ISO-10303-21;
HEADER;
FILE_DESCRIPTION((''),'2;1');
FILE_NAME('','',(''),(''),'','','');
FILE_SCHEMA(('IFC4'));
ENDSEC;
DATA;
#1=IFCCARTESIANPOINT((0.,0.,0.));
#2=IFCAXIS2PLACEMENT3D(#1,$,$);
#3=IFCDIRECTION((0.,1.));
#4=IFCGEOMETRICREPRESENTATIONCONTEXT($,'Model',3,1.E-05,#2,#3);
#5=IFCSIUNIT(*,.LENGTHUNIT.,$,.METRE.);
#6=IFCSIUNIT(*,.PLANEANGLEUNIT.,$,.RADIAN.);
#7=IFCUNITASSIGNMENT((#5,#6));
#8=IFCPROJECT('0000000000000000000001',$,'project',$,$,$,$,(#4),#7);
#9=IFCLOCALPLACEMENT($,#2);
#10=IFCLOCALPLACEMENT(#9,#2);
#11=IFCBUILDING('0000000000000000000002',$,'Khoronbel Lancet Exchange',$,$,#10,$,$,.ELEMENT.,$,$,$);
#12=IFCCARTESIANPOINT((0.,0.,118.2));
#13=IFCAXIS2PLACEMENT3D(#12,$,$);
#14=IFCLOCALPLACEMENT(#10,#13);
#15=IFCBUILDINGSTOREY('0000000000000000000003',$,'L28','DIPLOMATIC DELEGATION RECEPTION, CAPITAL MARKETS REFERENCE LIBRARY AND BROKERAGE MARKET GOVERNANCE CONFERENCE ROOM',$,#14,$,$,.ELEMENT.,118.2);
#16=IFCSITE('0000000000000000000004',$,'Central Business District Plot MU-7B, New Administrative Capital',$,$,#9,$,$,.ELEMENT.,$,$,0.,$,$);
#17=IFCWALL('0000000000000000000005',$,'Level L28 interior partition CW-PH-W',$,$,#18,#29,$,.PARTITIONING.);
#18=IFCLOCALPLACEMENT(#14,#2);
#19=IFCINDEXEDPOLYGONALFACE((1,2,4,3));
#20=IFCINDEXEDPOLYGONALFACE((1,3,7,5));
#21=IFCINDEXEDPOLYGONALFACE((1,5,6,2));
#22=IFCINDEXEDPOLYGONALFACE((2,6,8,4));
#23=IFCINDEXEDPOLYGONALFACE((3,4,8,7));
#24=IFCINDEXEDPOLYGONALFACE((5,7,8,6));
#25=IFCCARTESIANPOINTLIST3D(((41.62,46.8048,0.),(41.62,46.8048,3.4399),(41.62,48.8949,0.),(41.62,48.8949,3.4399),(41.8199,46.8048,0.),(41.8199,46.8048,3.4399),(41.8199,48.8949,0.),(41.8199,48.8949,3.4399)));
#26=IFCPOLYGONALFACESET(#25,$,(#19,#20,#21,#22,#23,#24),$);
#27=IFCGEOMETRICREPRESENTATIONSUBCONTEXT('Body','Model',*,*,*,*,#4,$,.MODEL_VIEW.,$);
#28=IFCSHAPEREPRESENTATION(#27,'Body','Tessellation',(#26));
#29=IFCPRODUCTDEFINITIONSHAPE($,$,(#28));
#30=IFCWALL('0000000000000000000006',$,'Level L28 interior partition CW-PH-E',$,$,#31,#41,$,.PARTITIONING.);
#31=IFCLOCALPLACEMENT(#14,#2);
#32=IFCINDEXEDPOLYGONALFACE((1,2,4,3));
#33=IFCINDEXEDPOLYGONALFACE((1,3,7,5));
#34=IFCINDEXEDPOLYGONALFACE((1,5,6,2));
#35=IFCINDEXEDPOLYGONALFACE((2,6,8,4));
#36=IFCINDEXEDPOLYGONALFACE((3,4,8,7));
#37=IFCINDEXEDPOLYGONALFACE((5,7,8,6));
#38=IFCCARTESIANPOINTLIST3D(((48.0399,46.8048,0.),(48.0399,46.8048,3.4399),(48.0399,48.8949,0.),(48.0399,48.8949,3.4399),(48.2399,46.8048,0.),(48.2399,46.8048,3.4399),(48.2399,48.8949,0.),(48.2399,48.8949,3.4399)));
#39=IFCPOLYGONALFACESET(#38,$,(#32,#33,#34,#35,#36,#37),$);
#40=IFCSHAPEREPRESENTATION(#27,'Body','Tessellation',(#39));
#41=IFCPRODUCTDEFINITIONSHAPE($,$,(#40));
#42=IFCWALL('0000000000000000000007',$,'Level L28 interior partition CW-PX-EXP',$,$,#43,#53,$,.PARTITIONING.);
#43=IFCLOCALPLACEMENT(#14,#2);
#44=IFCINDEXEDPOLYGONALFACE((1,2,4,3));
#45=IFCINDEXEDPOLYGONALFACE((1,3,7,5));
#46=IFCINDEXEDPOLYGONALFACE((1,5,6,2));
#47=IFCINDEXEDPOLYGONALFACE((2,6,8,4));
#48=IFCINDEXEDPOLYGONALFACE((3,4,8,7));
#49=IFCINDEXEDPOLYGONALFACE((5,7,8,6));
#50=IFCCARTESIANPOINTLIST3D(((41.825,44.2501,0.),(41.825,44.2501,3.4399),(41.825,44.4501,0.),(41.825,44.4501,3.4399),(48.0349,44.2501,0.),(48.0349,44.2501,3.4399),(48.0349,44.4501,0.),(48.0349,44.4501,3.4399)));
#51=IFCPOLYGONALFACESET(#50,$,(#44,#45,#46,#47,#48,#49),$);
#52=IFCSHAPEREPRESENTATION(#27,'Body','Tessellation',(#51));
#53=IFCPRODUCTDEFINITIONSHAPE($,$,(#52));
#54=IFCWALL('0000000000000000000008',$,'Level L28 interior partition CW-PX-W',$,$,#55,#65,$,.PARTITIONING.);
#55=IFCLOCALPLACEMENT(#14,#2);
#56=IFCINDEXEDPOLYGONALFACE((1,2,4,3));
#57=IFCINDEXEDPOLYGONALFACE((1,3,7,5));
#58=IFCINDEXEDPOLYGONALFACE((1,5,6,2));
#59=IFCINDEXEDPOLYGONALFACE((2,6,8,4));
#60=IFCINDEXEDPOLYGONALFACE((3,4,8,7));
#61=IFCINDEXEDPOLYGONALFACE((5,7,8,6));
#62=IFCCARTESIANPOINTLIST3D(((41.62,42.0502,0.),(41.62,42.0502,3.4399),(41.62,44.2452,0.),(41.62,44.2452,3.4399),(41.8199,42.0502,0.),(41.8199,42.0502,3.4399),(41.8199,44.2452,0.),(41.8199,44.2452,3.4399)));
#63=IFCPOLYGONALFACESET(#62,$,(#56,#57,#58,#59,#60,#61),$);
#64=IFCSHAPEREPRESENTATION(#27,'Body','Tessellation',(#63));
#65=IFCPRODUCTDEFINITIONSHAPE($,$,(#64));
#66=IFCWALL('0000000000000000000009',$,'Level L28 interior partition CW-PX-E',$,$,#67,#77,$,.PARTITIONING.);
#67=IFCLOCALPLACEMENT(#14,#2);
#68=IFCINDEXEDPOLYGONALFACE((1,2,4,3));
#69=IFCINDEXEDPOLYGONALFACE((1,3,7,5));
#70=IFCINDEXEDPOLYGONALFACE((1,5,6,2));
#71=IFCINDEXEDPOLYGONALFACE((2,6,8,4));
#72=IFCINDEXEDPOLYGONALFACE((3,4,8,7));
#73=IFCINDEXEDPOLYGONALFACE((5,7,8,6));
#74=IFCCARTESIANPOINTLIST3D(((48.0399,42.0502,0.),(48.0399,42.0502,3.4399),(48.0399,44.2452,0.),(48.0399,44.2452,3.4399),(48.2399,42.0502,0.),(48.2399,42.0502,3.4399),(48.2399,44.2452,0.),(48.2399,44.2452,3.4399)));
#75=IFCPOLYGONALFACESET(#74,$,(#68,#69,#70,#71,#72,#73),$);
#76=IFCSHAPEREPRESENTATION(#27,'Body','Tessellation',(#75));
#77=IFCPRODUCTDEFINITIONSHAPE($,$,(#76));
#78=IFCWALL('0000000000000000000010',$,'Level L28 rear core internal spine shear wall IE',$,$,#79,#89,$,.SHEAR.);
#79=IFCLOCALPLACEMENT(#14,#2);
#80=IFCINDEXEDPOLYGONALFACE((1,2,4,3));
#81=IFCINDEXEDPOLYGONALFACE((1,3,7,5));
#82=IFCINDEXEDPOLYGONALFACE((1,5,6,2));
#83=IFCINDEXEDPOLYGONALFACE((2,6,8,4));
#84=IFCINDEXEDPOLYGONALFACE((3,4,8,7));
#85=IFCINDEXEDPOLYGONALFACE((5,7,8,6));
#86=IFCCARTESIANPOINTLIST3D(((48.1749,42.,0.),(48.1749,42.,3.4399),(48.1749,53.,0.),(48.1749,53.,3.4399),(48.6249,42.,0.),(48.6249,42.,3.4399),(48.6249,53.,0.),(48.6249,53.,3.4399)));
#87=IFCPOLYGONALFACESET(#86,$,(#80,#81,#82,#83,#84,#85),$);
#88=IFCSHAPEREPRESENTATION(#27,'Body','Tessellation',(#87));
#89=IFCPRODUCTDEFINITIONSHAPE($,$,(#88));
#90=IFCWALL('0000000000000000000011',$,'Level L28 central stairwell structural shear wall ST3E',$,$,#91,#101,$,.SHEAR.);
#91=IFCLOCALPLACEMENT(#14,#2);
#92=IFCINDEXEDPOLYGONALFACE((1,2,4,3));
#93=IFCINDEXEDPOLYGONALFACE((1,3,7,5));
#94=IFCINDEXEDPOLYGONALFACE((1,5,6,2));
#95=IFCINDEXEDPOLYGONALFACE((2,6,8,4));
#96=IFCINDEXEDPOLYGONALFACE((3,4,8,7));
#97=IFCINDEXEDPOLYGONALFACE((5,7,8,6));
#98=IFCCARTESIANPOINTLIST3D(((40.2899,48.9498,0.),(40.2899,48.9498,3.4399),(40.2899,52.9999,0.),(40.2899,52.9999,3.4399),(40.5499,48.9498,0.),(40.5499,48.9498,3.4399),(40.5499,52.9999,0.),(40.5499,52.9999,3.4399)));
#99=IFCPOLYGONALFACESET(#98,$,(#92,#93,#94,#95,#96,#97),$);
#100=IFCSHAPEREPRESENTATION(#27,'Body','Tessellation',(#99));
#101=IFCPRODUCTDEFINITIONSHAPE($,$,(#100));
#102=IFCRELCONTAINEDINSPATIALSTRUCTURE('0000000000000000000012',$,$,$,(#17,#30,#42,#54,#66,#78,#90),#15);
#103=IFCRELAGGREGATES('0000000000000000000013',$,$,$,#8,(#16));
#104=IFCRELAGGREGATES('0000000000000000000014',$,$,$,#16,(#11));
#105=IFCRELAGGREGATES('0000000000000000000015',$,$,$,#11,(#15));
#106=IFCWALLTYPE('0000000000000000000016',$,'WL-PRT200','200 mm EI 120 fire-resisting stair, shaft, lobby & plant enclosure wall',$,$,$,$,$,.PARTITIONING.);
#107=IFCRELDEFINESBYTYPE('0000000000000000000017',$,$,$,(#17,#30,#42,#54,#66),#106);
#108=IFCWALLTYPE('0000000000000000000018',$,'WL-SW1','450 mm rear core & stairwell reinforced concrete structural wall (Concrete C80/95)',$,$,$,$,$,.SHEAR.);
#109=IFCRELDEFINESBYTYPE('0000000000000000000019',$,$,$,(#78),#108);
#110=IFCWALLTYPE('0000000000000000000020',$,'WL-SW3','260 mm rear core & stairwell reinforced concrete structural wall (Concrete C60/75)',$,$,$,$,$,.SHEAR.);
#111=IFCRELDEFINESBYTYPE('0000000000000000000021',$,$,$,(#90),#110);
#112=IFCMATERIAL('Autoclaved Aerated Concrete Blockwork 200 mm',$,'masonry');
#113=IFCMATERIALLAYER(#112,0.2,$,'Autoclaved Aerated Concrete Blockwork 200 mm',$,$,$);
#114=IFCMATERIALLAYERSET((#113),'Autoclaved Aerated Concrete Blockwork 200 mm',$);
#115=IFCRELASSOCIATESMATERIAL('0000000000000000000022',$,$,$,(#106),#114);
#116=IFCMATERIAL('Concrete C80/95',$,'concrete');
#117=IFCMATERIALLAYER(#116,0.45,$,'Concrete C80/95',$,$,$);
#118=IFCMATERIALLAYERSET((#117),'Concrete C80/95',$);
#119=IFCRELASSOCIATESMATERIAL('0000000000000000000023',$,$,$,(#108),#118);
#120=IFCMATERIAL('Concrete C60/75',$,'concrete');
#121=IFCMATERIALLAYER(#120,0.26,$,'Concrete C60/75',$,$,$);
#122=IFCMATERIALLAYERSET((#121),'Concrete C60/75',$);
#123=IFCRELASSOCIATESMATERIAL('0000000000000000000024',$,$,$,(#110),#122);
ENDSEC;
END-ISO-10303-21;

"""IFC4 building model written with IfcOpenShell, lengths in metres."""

from ifc_helpers import new_model, si_unit, direction, frame, frame_2d, origin, place, context, subcontext, project, spatial, rectangle, extrude, material, layer, layer_set, type_object, element, save


model = new_model("IFC4")

# Units and contexts
model_context = context("Model", 3, precision=1e-05, world=origin(), true_north=direction((0.0, 1.0)))
body_context = subcontext(model_context, "Body", "Model", "MODEL_VIEW")
ifc_project = project(units=[si_unit("LENGTHUNIT", "METRE"), si_unit("PLANEANGLEUNIT", "RADIAN")], contexts=[model_context])

# Site, building, storey
site_placement = place(None, origin())
site = spatial("IfcSite", under=ifc_project, at=site_placement, Name="Central Business District Plot MU-7B, New Administrative Capital", CompositionType="ELEMENT", RefElevation=0.0)
building_placement = place(site_placement, origin())
building = spatial("IfcBuilding", under=site, at=building_placement, Name="Khoronbel Lancet Exchange", CompositionType="ELEMENT")
storey_placement = place(building_placement, frame((0.0, 0.0, 118.2)))
storey = spatial("IfcBuildingStorey", under=building, at=storey_placement, Name="L28", Description="DIPLOMATIC DELEGATION RECEPTION, CAPITAL MARKETS REFERENCE LIBRARY AND BROKERAGE MARKET GOVERNANCE CONFERENCE ROOM", CompositionType="ELEMENT", Elevation=118.2)

# Shared definitions
ifc_material_1 = material(Name="Concrete C80/95", Category="concrete")

# Shared definitions
ifc_material_2 = material(Name="Autoclaved Aerated Concrete Blockwork 200 mm", Category="masonry")
ifc_layer_1 = layer(ifc_material_2, 0.2, Name="Autoclaved Aerated Concrete Blockwork 200 mm")
ifc_layer_set_1 = layer_set([ifc_layer_1], Name="Autoclaved Aerated Concrete Blockwork 200 mm")
wall_type_1 = type_object("IfcWallType", Name="WL-PRT200", Description="200 mm EI 120 fire-resisting stair, shaft, lobby & plant enclosure wall", PredefinedType="PARTITIONING", material=ifc_layer_set_1)

# Walls
for number, where, z_axis, x_axis, name in (
    (1, (41.72, 46.8049, 0.0), (0.0, 0.0, 1.0), (0.0, 1.0, 0.0), "Level L28 interior partition CW-PH-W"),
    (2, (48.1399, 46.8049, 0.0), (0.0, 0.0, 1.0), (0.0, 1.0, 0.0), "Level L28 interior partition CW-PH-E"),
):
    element("IfcWall", number, at=place(storey_placement, frame(where, z_axis=z_axis, x_axis=x_axis)), inside=storey, type_object=wall_type_1, Name=name, PredefinedType="PARTITIONING", context=body_context, shape_type="SweptSolid", body=[
        extrude(rectangle(XDim=2.0901, YDim=0.2, at=frame_2d((1.0449, 0.0))), origin(), (0.0, 0.0, 1.0), 3.4399),
    ])
wall_1_placement = place(storey_placement, frame((41.825, 44.3501, 0.0), z_axis=(0.0, 0.0, 1.0), x_axis=(1.0, 0.0, 0.0)))
element("IfcWall", 3, at=wall_1_placement, inside=storey, type_object=wall_type_1, Name="Level L28 interior partition CW-PX-EXP", PredefinedType="PARTITIONING", context=body_context, shape_type="SweptSolid", body=[
    extrude(rectangle(XDim=6.21, YDim=0.2, at=frame_2d((3.105, 0.0))), origin(), (0.0, 0.0, 1.0), 3.4399),
])
for number, where, z_axis, x_axis, name in (
    (4, (41.72, 42.05, 0.0), (0.0, 0.0, 1.0), (0.0, 1.0, 0.0), "Level L28 interior partition CW-PX-W"),
    (5, (48.1399, 42.05, 0.0), (0.0, 0.0, 1.0), (0.0, 1.0, 0.0), "Level L28 interior partition CW-PX-E"),
):
    element("IfcWall", number, at=place(storey_placement, frame(where, z_axis=z_axis, x_axis=x_axis)), inside=storey, type_object=wall_type_1, Name=name, PredefinedType="PARTITIONING", context=body_context, shape_type="SweptSolid", body=[
        extrude(rectangle(XDim=2.1951, YDim=0.2, at=frame_2d((1.0977, 0.0))), origin(), (0.0, 0.0, 1.0), 3.4399),
    ])
ifc_layer_2 = layer(ifc_material_1, 0.45, Name="Concrete C80/95")
ifc_layer_set_2 = layer_set([ifc_layer_2], Name="Concrete C80/95")
wall_type_2 = type_object("IfcWallType", Name="WL-SW1", Description="450 mm rear core & stairwell reinforced concrete structural wall (Concrete C80/95)", PredefinedType="SHEAR", material=ifc_layer_set_2)
wall_2_placement = place(storey_placement, frame((48.3999, 42.0, 0.0), z_axis=(0.0, 0.0, 1.0), x_axis=(0.0, 1.0, 0.0)))
element("IfcWall", 6, at=wall_2_placement, inside=storey, type_object=wall_type_2, Name="Level L28 rear core internal spine shear wall IE", PredefinedType="SHEAR", context=body_context, shape_type="SweptSolid", body=[
    extrude(rectangle(XDim=11.0, YDim=0.45, at=frame_2d((5.5, 0.0))), origin(), (0.0, 0.0, 1.0), 3.4399),
])
ifc_material_3 = material(Name="Concrete C60/75", Category="concrete")
ifc_layer_3 = layer(ifc_material_3, 0.26, Name="Concrete C60/75")
ifc_layer_set_3 = layer_set([ifc_layer_3], Name="Concrete C60/75")
wall_type_3 = type_object("IfcWallType", Name="WL-SW3", Description="260 mm rear core & stairwell reinforced concrete structural wall (Concrete C60/75)", PredefinedType="SHEAR", material=ifc_layer_set_3)
wall_3_placement = place(storey_placement, frame((40.4199, 48.95, 0.0), z_axis=(0.0, 0.0, 1.0), x_axis=(0.0, 1.0, 0.0)))
element("IfcWall", 7, at=wall_3_placement, inside=storey, type_object=wall_type_3, Name="Level L28 central stairwell structural shear wall ST3E", PredefinedType="SHEAR", context=body_context, shape_type="SweptSolid", body=[
    extrude(rectangle(XDim=4.05, YDim=0.26, at=frame_2d((2.0249, 0.0))), origin(), (0.0, 0.0, 1.0), 3.4399),
])

save(model, "model.ifc")
